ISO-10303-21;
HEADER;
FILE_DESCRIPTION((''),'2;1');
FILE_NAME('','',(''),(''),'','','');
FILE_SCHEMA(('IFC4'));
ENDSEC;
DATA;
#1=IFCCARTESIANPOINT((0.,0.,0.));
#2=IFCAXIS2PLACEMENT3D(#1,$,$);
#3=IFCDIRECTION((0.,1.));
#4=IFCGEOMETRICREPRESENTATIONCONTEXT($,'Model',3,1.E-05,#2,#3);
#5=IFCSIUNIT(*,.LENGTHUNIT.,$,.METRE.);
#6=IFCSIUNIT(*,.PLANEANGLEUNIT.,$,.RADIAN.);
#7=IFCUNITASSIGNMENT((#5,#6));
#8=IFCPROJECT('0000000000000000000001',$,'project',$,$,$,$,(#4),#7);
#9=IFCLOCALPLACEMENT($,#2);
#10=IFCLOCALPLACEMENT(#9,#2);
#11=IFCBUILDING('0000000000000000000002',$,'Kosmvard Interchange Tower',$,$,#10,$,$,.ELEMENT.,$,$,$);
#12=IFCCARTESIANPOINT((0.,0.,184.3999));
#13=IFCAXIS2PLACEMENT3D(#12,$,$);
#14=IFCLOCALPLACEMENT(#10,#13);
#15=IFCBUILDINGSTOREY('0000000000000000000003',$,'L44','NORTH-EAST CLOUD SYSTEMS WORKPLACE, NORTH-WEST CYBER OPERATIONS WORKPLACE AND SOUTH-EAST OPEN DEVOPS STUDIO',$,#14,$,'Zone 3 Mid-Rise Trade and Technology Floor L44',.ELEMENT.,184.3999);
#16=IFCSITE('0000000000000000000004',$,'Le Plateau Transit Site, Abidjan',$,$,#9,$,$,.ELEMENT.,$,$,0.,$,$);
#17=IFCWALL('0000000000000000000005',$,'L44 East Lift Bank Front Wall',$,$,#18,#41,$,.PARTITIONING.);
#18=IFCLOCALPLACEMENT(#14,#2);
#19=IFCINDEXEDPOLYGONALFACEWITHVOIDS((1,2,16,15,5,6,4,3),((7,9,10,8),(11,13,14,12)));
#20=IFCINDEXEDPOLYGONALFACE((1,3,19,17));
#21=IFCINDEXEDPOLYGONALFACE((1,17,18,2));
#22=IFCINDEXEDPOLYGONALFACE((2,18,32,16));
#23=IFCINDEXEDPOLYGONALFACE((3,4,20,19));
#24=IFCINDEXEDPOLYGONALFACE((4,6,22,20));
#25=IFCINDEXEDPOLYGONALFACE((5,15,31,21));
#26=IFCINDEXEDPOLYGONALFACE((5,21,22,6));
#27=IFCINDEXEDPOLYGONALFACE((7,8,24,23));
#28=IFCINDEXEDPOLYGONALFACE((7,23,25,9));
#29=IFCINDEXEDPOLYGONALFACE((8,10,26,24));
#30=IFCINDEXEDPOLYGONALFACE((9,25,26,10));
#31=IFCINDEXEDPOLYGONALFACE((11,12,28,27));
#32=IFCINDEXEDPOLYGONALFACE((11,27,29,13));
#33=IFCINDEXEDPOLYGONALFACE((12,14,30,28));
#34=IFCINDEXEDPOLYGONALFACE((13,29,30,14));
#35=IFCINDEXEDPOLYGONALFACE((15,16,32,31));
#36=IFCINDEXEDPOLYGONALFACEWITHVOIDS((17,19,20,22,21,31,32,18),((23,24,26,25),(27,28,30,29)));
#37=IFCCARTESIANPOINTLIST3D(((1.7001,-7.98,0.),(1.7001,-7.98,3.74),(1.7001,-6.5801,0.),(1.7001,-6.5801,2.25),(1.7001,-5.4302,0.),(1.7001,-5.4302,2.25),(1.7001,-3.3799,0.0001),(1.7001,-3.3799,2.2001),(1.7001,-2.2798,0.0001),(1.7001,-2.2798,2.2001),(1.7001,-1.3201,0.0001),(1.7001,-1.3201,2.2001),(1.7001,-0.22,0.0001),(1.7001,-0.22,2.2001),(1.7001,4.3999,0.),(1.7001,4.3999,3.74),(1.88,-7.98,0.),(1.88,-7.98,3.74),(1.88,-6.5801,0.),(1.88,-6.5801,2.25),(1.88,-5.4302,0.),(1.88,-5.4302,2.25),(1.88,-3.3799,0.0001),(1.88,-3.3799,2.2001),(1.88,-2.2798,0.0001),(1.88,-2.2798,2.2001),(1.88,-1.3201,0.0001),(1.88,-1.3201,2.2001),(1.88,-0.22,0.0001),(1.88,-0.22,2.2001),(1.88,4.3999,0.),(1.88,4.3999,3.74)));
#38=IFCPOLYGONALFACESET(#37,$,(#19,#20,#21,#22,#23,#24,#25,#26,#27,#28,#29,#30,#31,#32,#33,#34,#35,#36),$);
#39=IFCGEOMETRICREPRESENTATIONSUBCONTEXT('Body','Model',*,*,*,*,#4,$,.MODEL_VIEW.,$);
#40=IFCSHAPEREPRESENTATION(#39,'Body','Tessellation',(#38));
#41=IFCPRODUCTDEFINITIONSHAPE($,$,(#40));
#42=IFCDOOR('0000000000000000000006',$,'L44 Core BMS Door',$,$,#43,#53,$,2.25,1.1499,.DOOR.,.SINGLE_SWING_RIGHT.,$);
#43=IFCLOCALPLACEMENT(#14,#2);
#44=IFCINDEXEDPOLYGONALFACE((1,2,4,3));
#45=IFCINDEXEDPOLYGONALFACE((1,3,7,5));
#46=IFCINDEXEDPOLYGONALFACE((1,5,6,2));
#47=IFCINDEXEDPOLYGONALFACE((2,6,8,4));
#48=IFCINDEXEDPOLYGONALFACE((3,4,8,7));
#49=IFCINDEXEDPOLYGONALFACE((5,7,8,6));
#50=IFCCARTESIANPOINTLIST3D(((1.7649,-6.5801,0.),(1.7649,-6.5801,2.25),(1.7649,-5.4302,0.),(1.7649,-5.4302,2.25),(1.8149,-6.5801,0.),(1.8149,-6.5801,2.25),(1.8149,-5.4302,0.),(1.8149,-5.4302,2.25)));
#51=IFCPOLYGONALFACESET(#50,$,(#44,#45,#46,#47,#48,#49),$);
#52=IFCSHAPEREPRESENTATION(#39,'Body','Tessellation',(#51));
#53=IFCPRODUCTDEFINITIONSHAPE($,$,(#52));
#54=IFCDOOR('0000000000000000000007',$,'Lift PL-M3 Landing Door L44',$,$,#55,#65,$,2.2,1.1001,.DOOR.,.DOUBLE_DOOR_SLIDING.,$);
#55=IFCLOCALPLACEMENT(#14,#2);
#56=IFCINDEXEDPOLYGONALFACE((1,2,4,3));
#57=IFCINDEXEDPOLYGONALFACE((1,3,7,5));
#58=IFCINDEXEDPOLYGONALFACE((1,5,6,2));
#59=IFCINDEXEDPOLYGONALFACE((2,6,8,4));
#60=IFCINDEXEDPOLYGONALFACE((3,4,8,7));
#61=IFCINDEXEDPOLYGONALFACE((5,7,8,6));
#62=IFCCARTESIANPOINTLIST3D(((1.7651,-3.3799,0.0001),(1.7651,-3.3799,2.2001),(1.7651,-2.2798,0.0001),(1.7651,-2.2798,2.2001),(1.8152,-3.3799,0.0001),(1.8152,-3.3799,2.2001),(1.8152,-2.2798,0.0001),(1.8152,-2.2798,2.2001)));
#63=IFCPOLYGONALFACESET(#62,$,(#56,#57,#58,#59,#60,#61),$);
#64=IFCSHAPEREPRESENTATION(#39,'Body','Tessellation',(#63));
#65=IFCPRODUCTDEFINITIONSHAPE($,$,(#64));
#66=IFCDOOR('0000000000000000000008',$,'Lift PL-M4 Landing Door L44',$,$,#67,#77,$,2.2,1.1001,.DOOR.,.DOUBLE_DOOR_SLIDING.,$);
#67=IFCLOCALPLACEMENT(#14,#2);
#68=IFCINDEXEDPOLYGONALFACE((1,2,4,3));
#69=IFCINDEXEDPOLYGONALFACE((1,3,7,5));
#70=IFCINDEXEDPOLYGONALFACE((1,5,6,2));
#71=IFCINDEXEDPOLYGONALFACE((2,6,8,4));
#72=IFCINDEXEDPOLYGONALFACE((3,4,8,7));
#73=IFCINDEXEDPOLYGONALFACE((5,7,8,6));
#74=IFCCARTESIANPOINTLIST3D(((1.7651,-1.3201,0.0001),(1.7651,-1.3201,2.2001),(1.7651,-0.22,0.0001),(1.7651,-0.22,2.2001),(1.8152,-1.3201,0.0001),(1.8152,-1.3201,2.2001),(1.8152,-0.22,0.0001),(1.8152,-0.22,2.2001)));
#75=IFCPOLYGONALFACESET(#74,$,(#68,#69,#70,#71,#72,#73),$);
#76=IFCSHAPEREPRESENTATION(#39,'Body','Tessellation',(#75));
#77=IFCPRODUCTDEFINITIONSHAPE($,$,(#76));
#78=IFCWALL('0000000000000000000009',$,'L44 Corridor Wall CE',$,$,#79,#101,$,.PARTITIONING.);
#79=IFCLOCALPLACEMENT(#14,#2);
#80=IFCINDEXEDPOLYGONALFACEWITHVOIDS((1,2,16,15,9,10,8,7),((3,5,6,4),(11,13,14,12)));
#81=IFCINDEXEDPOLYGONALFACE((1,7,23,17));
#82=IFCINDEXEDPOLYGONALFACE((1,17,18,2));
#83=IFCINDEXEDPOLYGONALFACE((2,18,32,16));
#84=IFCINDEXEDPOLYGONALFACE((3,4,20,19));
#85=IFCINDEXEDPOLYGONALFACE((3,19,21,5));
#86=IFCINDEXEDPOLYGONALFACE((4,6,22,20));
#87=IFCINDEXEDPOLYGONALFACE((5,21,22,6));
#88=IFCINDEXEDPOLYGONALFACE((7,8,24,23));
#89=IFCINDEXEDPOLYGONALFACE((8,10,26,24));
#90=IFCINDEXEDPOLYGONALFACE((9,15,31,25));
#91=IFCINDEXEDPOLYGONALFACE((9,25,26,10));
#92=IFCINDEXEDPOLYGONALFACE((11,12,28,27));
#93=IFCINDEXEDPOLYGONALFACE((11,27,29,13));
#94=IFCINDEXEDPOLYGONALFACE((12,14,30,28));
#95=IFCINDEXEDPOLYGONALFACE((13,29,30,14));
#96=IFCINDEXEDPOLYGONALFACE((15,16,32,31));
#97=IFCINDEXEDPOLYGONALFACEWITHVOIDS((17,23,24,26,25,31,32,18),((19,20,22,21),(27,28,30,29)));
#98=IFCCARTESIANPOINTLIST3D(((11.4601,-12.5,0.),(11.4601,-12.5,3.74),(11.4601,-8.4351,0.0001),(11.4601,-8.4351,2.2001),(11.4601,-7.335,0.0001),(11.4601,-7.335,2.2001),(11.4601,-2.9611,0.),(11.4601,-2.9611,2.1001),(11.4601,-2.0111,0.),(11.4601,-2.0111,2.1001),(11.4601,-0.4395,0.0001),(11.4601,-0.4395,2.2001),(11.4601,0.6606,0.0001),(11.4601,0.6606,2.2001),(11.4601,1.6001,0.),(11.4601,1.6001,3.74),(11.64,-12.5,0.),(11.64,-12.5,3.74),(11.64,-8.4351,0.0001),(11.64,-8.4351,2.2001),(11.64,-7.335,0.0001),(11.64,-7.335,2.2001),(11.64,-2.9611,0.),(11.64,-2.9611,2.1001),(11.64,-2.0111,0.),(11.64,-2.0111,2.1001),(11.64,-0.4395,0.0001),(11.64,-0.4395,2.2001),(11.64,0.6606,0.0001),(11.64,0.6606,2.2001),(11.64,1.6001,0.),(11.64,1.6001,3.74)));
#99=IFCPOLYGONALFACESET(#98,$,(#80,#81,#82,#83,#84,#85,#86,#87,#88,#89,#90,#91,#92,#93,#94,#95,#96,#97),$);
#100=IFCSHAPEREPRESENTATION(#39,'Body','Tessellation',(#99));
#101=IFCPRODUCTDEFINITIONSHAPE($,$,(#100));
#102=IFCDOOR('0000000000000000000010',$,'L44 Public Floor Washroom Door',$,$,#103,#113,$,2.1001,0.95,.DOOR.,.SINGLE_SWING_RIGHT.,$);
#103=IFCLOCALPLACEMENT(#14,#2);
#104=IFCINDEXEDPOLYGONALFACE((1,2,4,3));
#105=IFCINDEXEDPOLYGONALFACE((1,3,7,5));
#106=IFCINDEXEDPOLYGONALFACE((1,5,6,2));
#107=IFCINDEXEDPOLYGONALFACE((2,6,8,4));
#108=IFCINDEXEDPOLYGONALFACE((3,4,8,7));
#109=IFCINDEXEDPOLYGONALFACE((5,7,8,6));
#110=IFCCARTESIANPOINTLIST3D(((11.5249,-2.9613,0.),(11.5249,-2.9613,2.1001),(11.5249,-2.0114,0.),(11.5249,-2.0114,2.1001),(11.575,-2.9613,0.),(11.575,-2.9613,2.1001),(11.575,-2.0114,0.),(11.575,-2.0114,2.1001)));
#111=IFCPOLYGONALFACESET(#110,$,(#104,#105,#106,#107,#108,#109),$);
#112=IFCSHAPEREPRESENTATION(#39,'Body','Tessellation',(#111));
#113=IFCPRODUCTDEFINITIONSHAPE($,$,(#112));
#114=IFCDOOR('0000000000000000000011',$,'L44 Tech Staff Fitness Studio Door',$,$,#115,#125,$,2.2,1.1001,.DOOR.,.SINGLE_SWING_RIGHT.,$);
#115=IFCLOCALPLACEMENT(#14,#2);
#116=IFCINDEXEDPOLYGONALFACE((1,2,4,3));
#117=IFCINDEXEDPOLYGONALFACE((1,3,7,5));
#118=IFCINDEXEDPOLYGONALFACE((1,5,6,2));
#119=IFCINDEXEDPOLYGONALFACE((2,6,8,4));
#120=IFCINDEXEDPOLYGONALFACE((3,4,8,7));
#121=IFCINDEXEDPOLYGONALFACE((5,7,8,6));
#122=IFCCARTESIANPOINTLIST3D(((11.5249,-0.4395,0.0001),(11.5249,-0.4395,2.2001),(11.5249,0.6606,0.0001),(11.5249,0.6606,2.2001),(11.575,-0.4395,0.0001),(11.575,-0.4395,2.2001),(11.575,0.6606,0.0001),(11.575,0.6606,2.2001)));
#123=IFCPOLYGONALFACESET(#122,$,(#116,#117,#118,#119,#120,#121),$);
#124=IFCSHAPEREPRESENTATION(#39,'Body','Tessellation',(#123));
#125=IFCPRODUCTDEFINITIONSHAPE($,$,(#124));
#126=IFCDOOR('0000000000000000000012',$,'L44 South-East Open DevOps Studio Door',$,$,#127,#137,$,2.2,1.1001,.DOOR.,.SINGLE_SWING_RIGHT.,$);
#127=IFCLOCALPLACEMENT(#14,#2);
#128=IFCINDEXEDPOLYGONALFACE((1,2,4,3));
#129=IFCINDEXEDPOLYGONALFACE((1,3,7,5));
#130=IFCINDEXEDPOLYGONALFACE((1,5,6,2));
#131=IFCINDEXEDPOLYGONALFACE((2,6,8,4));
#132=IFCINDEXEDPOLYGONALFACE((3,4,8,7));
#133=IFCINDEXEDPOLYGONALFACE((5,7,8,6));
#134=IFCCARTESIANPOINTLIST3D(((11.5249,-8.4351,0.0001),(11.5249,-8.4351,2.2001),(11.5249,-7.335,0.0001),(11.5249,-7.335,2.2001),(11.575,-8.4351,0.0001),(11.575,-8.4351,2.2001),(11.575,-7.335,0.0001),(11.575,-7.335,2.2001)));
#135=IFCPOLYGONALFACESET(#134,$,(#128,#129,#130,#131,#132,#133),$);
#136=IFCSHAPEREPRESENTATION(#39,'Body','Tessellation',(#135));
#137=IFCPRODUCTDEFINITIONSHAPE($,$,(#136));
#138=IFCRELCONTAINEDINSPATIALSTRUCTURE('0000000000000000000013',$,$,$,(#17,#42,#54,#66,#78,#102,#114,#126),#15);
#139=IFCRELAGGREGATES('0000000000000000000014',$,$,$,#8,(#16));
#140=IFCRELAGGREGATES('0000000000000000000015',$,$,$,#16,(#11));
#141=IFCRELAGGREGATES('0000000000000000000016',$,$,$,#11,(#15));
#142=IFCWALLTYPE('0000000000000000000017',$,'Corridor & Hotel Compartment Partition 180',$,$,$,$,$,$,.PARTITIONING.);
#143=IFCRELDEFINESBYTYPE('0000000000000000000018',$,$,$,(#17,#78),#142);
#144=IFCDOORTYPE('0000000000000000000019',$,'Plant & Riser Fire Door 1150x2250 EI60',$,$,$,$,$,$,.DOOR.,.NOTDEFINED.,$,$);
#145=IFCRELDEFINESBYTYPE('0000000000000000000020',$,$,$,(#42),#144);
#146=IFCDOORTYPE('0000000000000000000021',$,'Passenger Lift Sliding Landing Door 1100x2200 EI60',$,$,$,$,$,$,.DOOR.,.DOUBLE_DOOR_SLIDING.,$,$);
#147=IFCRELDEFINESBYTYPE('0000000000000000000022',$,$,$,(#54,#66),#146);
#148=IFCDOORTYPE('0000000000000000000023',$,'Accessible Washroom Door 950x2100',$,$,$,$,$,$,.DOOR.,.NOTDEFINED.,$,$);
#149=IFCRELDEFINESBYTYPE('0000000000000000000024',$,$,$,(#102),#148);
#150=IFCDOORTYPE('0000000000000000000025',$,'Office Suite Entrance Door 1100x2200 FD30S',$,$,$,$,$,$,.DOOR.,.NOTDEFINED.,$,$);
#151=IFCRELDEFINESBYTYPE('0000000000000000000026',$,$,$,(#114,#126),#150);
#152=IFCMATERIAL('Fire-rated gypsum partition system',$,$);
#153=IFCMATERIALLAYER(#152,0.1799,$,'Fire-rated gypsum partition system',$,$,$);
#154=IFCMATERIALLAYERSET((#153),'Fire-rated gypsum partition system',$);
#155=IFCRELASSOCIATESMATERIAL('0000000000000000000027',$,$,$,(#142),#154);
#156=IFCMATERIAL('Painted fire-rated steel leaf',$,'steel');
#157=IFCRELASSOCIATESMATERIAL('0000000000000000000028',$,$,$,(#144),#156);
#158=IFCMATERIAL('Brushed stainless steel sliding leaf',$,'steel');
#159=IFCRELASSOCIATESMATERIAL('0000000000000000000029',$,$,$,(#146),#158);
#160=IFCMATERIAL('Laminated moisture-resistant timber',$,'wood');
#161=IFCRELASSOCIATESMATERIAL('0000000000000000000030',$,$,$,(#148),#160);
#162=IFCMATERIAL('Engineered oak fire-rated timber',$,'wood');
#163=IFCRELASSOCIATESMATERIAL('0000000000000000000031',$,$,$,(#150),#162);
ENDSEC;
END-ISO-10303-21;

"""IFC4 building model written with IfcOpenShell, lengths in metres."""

from ifc_helpers import new_model, si_unit, direction, frame, frame_2d, origin, place, context, subcontext, project, spatial, rectangle, extrude, source, transform, mapped, material, layer, layer_set, type_object, element, fill, save


model = new_model("IFC4")

# Units and contexts
model_context = context("Model", 3, precision=1e-05, world=origin(), true_north=direction((0.0, 1.0)))
body_context = subcontext(model_context, "Body", "Model", "MODEL_VIEW")
ifc_project = project(units=[si_unit("LENGTHUNIT", "METRE"), si_unit("PLANEANGLEUNIT", "RADIAN")], contexts=[model_context])

# Site, building, storey
site_placement = place(None, origin())
site = spatial("IfcSite", under=ifc_project, at=site_placement, Name="Le Plateau Transit Site, Abidjan", CompositionType="ELEMENT", RefElevation=0.0)
building_placement = place(site_placement, origin())
building = spatial("IfcBuilding", under=site, at=building_placement, Name="Kosmvard Interchange Tower", CompositionType="ELEMENT")
storey_placement = place(building_placement, frame((0.0, 0.0, 184.3999)))
storey = spatial("IfcBuildingStorey", under=building, at=storey_placement, Name="L44", Description="NORTH-EAST CLOUD SYSTEMS WORKPLACE, NORTH-WEST CYBER OPERATIONS WORKPLACE AND SOUTH-EAST OPEN DEVOPS STUDIO", LongName="Zone 3 Mid-Rise Trade and Technology Floor L44", CompositionType="ELEMENT", Elevation=184.3999)

# Walls, openings, doors
ifc_material_1 = material(Name="Fire-rated gypsum partition system")
ifc_layer_1 = layer(ifc_material_1, 0.1799, Name="Fire-rated gypsum partition system")
ifc_layer_set_1 = layer_set([ifc_layer_1], Name="Fire-rated gypsum partition system")
wall_type_1 = type_object("IfcWallType", Name="Corridor & Hotel Compartment Partition 180", PredefinedType="PARTITIONING", material=ifc_layer_set_1)
wall_1_placement = place(storey_placement, frame((1.79, -7.98, 0.0), z_axis=(0.0, 0.0, 1.0), x_axis=(0.0, 1.0, 0.0)))
wall_1 = element("IfcWall", 1, at=wall_1_placement, inside=storey, type_object=wall_type_1, Name="L44 East Lift Bank Front Wall", PredefinedType="PARTITIONING", context=body_context, shape_type="SweptSolid", body=[
    extrude(rectangle(XDim=12.3799, YDim=0.1799, at=frame_2d((6.1899, 0.0))), origin(), (0.0, 0.0, 1.0), 3.74),
])
opening_1_placement = place(wall_1_placement, frame((4.6001, 0.0, 0.0)))
opening_1 = element("IfcOpeningElement", 2, at=opening_1_placement, cuts=wall_1, PredefinedType="OPENING", context=body_context, shape_type="SweptSolid", body=[
    extrude(rectangle(XDim=1.1001, YDim=2.2, at=frame_2d((0.55, 1.1001))), frame((0.0, 0.1001, 0.0), z_axis=(0.0, -1.0, 0.0), x_axis=(1.0, 0.0, 0.0)), (0.0, 0.0, 1.0), 0.2),
])
opening_2_placement = place(wall_1_placement, frame((6.6599, 0.0, 0.0)))
opening_2 = element("IfcOpeningElement", 3, at=opening_2_placement, cuts=wall_1, PredefinedType="OPENING", context=body_context, shape_type="SweptSolid", body=[
    extrude(rectangle(XDim=1.1001, YDim=2.2, at=frame_2d((0.55, 1.1001))), frame((0.0, 0.1001, 0.0), z_axis=(0.0, -1.0, 0.0), x_axis=(1.0, 0.0, 0.0)), (0.0, 0.0, 1.0), 0.2),
])
opening_3_placement = place(wall_1_placement, frame((1.3999, 0.0, 0.0)))
opening_3 = element("IfcOpeningElement", 4, at=opening_3_placement, cuts=wall_1, PredefinedType="OPENING", context=body_context, shape_type="SweptSolid", body=[
    extrude(rectangle(XDim=1.1499, YDim=2.25, at=frame_2d((0.575, 1.125))), frame((0.0, 0.1001, 0.0), z_axis=(0.0, -1.0, 0.0), x_axis=(1.0, 0.0, 0.0)), (0.0, 0.0, 1.0), 0.2),
])
ifc_material_2 = material(Name="Painted fire-rated steel leaf", Category="steel")
door_type_1 = type_object("IfcDoorType", Name="Plant & Riser Fire Door 1150x2250 EI60", OperationType="NOTDEFINED", PredefinedType="DOOR", material=ifc_material_2)
shared_shape_1 = source(origin(), body_context, "Body", "SweptSolid", [
    extrude(rectangle(XDim=1.1499, YDim=2.25, at=frame_2d((0.575, 1.125))), frame((0.0, 0.0249, 0.0), z_axis=(0.0, -1.0, 0.0), x_axis=(1.0, 0.0, 0.0)), (0.0, 0.0, 1.0), 0.05),
])
door_1_placement = place(opening_3_placement, frame((1.1499, 0.0, 0.0), z_axis=(0.0, 0.0, 1.0), x_axis=(-1.0, 0.0, 0.0)))
door_1 = element("IfcDoor", 5, at=door_1_placement, inside=storey, type_object=door_type_1, Name="L44 Core BMS Door", OperationType="SINGLE_SWING_RIGHT", OverallHeight=2.25, OverallWidth=1.1499, PredefinedType="DOOR", context=body_context, shape_type="MappedRepresentation", body=[
    mapped(shared_shape_1, transform((0.0, 0.0, 0.0), scale=1.0)),
])
fill(opening_3, door_1)
ifc_material_3 = material(Name="Brushed stainless steel sliding leaf", Category="steel")
door_type_2 = type_object("IfcDoorType", Name="Passenger Lift Sliding Landing Door 1100x2200 EI60", OperationType="DOUBLE_DOOR_SLIDING", PredefinedType="DOOR", material=ifc_material_3)
shared_shape_2 = source(origin(), body_context, "Body", "SweptSolid", [
    extrude(rectangle(XDim=1.1001, YDim=2.2, at=frame_2d((0.55, 1.1001))), frame((0.0, 0.0249, 0.0), z_axis=(0.0, -1.0, 0.0), x_axis=(1.0, 0.0, 0.0)), (0.0, 0.0, 1.0), 0.05),
])
door_2_placement = place(opening_1_placement, origin())
door_2 = element("IfcDoor", 6, at=door_2_placement, inside=storey, type_object=door_type_2, Name="Lift PL-M3 Landing Door L44", OperationType="DOUBLE_DOOR_SLIDING", OverallHeight=2.2, OverallWidth=1.1001, PredefinedType="DOOR", context=body_context, shape_type="MappedRepresentation", body=[
    mapped(shared_shape_2, transform((0.0, 0.0, 0.0), scale=1.0)),
])
fill(opening_1, door_2)
door_3_placement = place(opening_2_placement, origin())
door_3 = element("IfcDoor", 7, at=door_3_placement, inside=storey, type_object=door_type_2, Name="Lift PL-M4 Landing Door L44", OperationType="DOUBLE_DOOR_SLIDING", OverallHeight=2.2, OverallWidth=1.1001, PredefinedType="DOOR", context=body_context, shape_type="MappedRepresentation", body=[
    mapped(shared_shape_2, transform((0.0, 0.0, 0.0), scale=1.0)),
])
fill(opening_2, door_3)
wall_2_placement = place(storey_placement, frame((11.55, -12.5, 0.0), z_axis=(0.0, 0.0, 1.0), x_axis=(0.0, 1.0, 0.0)))
wall_2 = element("IfcWall", 8, at=wall_2_placement, inside=storey, type_object=wall_type_1, Name="L44 Corridor Wall CE", PredefinedType="PARTITIONING", context=body_context, shape_type="SweptSolid", body=[
    extrude(rectangle(XDim=14.1001, YDim=0.1799, at=frame_2d((7.05, 0.0))), origin(), (0.0, 0.0, 1.0), 3.74),
])
opening_4_placement = place(wall_2_placement, frame((9.5388, 0.0, 0.0)))
opening_4 = element("IfcOpeningElement", 9, at=opening_4_placement, cuts=wall_2, PredefinedType="OPENING", context=body_context, shape_type="SweptSolid", body=[
    extrude(rectangle(XDim=0.95, YDim=2.1001, at=frame_2d((0.4751, 1.05))), frame((0.0, 0.1001, 0.0), z_axis=(0.0, -1.0, 0.0), x_axis=(1.0, 0.0, 0.0)), (0.0, 0.0, 1.0), 0.2),
])
opening_5_placement = place(wall_2_placement, frame((12.0605, 0.0, 0.0)))
opening_5 = element("IfcOpeningElement", 10, at=opening_5_placement, cuts=wall_2, PredefinedType="OPENING", context=body_context, shape_type="SweptSolid", body=[
    extrude(rectangle(XDim=1.1001, YDim=2.2, at=frame_2d((0.55, 1.1001))), frame((0.0, 0.1001, 0.0), z_axis=(0.0, -1.0, 0.0), x_axis=(1.0, 0.0, 0.0)), (0.0, 0.0, 1.0), 0.2),
])
opening_6_placement = place(wall_2_placement, frame((4.0649, 0.0, 0.0)))
opening_6 = element("IfcOpeningElement", 11, at=opening_6_placement, cuts=wall_2, PredefinedType="OPENING", context=body_context, shape_type="SweptSolid", body=[
    extrude(rectangle(XDim=1.1001, YDim=2.2, at=frame_2d((0.55, 1.1001))), frame((0.0, 0.1001, 0.0), z_axis=(0.0, -1.0, 0.0), x_axis=(1.0, 0.0, 0.0)), (0.0, 0.0, 1.0), 0.2),
])
ifc_material_4 = material(Name="Laminated moisture-resistant timber", Category="wood")
door_type_3 = type_object("IfcDoorType", Name="Accessible Washroom Door 950x2100", OperationType="NOTDEFINED", PredefinedType="DOOR", material=ifc_material_4)
shared_shape_3 = source(origin(), body_context, "Body", "SweptSolid", [
    extrude(rectangle(XDim=0.95, YDim=2.1001, at=frame_2d((0.4751, 1.05))), frame((0.0, 0.0249, 0.0), z_axis=(0.0, -1.0, 0.0), x_axis=(1.0, 0.0, 0.0)), (0.0, 0.0, 1.0), 0.05),
])
door_4_placement = place(opening_4_placement, frame((0.95, 0.0, 0.0), z_axis=(0.0, 0.0, 1.0), x_axis=(-1.0, 0.0, 0.0)))
door_4 = element("IfcDoor", 12, at=door_4_placement, inside=storey, type_object=door_type_3, Name="L44 Public Floor Washroom Door", OperationType="SINGLE_SWING_RIGHT", OverallHeight=2.1001, OverallWidth=0.95, PredefinedType="DOOR", context=body_context, shape_type="MappedRepresentation", body=[
    mapped(shared_shape_3, transform((0.0, 0.0, 0.0), scale=1.0)),
])
fill(opening_4, door_4)
ifc_material_5 = material(Name="Engineered oak fire-rated timber", Category="wood")
door_type_4 = type_object("IfcDoorType", Name="Office Suite Entrance Door 1100x2200 FD30S", OperationType="NOTDEFINED", PredefinedType="DOOR", material=ifc_material_5)
door_5_placement = place(opening_5_placement, frame((1.1001, 0.0, 0.0), z_axis=(0.0, 0.0, 1.0), x_axis=(-1.0, 0.0, 0.0)))
door_5 = element("IfcDoor", 13, at=door_5_placement, inside=storey, type_object=door_type_4, Name="L44 Tech Staff Fitness Studio Door", OperationType="SINGLE_SWING_RIGHT", OverallHeight=2.2, OverallWidth=1.1001, PredefinedType="DOOR", context=body_context, shape_type="MappedRepresentation", body=[
    mapped(shared_shape_2, transform((0.0, 0.0, 0.0), scale=1.0)),
])
fill(opening_5, door_5)
door_6_placement = place(opening_6_placement, frame((1.1001, 0.0, 0.0), z_axis=(0.0, 0.0, 1.0), x_axis=(-1.0, 0.0, 0.0)))
door_6 = element("IfcDoor", 14, at=door_6_placement, inside=storey, type_object=door_type_4, Name="L44 South-East Open DevOps Studio Door", OperationType="SINGLE_SWING_RIGHT", OverallHeight=2.2, OverallWidth=1.1001, PredefinedType="DOOR", context=body_context, shape_type="MappedRepresentation", body=[
    mapped(shared_shape_2, transform((0.0, 0.0, 0.0), scale=1.0)),
])
fill(opening_6, door_6)

save(model, "model.ifc")
